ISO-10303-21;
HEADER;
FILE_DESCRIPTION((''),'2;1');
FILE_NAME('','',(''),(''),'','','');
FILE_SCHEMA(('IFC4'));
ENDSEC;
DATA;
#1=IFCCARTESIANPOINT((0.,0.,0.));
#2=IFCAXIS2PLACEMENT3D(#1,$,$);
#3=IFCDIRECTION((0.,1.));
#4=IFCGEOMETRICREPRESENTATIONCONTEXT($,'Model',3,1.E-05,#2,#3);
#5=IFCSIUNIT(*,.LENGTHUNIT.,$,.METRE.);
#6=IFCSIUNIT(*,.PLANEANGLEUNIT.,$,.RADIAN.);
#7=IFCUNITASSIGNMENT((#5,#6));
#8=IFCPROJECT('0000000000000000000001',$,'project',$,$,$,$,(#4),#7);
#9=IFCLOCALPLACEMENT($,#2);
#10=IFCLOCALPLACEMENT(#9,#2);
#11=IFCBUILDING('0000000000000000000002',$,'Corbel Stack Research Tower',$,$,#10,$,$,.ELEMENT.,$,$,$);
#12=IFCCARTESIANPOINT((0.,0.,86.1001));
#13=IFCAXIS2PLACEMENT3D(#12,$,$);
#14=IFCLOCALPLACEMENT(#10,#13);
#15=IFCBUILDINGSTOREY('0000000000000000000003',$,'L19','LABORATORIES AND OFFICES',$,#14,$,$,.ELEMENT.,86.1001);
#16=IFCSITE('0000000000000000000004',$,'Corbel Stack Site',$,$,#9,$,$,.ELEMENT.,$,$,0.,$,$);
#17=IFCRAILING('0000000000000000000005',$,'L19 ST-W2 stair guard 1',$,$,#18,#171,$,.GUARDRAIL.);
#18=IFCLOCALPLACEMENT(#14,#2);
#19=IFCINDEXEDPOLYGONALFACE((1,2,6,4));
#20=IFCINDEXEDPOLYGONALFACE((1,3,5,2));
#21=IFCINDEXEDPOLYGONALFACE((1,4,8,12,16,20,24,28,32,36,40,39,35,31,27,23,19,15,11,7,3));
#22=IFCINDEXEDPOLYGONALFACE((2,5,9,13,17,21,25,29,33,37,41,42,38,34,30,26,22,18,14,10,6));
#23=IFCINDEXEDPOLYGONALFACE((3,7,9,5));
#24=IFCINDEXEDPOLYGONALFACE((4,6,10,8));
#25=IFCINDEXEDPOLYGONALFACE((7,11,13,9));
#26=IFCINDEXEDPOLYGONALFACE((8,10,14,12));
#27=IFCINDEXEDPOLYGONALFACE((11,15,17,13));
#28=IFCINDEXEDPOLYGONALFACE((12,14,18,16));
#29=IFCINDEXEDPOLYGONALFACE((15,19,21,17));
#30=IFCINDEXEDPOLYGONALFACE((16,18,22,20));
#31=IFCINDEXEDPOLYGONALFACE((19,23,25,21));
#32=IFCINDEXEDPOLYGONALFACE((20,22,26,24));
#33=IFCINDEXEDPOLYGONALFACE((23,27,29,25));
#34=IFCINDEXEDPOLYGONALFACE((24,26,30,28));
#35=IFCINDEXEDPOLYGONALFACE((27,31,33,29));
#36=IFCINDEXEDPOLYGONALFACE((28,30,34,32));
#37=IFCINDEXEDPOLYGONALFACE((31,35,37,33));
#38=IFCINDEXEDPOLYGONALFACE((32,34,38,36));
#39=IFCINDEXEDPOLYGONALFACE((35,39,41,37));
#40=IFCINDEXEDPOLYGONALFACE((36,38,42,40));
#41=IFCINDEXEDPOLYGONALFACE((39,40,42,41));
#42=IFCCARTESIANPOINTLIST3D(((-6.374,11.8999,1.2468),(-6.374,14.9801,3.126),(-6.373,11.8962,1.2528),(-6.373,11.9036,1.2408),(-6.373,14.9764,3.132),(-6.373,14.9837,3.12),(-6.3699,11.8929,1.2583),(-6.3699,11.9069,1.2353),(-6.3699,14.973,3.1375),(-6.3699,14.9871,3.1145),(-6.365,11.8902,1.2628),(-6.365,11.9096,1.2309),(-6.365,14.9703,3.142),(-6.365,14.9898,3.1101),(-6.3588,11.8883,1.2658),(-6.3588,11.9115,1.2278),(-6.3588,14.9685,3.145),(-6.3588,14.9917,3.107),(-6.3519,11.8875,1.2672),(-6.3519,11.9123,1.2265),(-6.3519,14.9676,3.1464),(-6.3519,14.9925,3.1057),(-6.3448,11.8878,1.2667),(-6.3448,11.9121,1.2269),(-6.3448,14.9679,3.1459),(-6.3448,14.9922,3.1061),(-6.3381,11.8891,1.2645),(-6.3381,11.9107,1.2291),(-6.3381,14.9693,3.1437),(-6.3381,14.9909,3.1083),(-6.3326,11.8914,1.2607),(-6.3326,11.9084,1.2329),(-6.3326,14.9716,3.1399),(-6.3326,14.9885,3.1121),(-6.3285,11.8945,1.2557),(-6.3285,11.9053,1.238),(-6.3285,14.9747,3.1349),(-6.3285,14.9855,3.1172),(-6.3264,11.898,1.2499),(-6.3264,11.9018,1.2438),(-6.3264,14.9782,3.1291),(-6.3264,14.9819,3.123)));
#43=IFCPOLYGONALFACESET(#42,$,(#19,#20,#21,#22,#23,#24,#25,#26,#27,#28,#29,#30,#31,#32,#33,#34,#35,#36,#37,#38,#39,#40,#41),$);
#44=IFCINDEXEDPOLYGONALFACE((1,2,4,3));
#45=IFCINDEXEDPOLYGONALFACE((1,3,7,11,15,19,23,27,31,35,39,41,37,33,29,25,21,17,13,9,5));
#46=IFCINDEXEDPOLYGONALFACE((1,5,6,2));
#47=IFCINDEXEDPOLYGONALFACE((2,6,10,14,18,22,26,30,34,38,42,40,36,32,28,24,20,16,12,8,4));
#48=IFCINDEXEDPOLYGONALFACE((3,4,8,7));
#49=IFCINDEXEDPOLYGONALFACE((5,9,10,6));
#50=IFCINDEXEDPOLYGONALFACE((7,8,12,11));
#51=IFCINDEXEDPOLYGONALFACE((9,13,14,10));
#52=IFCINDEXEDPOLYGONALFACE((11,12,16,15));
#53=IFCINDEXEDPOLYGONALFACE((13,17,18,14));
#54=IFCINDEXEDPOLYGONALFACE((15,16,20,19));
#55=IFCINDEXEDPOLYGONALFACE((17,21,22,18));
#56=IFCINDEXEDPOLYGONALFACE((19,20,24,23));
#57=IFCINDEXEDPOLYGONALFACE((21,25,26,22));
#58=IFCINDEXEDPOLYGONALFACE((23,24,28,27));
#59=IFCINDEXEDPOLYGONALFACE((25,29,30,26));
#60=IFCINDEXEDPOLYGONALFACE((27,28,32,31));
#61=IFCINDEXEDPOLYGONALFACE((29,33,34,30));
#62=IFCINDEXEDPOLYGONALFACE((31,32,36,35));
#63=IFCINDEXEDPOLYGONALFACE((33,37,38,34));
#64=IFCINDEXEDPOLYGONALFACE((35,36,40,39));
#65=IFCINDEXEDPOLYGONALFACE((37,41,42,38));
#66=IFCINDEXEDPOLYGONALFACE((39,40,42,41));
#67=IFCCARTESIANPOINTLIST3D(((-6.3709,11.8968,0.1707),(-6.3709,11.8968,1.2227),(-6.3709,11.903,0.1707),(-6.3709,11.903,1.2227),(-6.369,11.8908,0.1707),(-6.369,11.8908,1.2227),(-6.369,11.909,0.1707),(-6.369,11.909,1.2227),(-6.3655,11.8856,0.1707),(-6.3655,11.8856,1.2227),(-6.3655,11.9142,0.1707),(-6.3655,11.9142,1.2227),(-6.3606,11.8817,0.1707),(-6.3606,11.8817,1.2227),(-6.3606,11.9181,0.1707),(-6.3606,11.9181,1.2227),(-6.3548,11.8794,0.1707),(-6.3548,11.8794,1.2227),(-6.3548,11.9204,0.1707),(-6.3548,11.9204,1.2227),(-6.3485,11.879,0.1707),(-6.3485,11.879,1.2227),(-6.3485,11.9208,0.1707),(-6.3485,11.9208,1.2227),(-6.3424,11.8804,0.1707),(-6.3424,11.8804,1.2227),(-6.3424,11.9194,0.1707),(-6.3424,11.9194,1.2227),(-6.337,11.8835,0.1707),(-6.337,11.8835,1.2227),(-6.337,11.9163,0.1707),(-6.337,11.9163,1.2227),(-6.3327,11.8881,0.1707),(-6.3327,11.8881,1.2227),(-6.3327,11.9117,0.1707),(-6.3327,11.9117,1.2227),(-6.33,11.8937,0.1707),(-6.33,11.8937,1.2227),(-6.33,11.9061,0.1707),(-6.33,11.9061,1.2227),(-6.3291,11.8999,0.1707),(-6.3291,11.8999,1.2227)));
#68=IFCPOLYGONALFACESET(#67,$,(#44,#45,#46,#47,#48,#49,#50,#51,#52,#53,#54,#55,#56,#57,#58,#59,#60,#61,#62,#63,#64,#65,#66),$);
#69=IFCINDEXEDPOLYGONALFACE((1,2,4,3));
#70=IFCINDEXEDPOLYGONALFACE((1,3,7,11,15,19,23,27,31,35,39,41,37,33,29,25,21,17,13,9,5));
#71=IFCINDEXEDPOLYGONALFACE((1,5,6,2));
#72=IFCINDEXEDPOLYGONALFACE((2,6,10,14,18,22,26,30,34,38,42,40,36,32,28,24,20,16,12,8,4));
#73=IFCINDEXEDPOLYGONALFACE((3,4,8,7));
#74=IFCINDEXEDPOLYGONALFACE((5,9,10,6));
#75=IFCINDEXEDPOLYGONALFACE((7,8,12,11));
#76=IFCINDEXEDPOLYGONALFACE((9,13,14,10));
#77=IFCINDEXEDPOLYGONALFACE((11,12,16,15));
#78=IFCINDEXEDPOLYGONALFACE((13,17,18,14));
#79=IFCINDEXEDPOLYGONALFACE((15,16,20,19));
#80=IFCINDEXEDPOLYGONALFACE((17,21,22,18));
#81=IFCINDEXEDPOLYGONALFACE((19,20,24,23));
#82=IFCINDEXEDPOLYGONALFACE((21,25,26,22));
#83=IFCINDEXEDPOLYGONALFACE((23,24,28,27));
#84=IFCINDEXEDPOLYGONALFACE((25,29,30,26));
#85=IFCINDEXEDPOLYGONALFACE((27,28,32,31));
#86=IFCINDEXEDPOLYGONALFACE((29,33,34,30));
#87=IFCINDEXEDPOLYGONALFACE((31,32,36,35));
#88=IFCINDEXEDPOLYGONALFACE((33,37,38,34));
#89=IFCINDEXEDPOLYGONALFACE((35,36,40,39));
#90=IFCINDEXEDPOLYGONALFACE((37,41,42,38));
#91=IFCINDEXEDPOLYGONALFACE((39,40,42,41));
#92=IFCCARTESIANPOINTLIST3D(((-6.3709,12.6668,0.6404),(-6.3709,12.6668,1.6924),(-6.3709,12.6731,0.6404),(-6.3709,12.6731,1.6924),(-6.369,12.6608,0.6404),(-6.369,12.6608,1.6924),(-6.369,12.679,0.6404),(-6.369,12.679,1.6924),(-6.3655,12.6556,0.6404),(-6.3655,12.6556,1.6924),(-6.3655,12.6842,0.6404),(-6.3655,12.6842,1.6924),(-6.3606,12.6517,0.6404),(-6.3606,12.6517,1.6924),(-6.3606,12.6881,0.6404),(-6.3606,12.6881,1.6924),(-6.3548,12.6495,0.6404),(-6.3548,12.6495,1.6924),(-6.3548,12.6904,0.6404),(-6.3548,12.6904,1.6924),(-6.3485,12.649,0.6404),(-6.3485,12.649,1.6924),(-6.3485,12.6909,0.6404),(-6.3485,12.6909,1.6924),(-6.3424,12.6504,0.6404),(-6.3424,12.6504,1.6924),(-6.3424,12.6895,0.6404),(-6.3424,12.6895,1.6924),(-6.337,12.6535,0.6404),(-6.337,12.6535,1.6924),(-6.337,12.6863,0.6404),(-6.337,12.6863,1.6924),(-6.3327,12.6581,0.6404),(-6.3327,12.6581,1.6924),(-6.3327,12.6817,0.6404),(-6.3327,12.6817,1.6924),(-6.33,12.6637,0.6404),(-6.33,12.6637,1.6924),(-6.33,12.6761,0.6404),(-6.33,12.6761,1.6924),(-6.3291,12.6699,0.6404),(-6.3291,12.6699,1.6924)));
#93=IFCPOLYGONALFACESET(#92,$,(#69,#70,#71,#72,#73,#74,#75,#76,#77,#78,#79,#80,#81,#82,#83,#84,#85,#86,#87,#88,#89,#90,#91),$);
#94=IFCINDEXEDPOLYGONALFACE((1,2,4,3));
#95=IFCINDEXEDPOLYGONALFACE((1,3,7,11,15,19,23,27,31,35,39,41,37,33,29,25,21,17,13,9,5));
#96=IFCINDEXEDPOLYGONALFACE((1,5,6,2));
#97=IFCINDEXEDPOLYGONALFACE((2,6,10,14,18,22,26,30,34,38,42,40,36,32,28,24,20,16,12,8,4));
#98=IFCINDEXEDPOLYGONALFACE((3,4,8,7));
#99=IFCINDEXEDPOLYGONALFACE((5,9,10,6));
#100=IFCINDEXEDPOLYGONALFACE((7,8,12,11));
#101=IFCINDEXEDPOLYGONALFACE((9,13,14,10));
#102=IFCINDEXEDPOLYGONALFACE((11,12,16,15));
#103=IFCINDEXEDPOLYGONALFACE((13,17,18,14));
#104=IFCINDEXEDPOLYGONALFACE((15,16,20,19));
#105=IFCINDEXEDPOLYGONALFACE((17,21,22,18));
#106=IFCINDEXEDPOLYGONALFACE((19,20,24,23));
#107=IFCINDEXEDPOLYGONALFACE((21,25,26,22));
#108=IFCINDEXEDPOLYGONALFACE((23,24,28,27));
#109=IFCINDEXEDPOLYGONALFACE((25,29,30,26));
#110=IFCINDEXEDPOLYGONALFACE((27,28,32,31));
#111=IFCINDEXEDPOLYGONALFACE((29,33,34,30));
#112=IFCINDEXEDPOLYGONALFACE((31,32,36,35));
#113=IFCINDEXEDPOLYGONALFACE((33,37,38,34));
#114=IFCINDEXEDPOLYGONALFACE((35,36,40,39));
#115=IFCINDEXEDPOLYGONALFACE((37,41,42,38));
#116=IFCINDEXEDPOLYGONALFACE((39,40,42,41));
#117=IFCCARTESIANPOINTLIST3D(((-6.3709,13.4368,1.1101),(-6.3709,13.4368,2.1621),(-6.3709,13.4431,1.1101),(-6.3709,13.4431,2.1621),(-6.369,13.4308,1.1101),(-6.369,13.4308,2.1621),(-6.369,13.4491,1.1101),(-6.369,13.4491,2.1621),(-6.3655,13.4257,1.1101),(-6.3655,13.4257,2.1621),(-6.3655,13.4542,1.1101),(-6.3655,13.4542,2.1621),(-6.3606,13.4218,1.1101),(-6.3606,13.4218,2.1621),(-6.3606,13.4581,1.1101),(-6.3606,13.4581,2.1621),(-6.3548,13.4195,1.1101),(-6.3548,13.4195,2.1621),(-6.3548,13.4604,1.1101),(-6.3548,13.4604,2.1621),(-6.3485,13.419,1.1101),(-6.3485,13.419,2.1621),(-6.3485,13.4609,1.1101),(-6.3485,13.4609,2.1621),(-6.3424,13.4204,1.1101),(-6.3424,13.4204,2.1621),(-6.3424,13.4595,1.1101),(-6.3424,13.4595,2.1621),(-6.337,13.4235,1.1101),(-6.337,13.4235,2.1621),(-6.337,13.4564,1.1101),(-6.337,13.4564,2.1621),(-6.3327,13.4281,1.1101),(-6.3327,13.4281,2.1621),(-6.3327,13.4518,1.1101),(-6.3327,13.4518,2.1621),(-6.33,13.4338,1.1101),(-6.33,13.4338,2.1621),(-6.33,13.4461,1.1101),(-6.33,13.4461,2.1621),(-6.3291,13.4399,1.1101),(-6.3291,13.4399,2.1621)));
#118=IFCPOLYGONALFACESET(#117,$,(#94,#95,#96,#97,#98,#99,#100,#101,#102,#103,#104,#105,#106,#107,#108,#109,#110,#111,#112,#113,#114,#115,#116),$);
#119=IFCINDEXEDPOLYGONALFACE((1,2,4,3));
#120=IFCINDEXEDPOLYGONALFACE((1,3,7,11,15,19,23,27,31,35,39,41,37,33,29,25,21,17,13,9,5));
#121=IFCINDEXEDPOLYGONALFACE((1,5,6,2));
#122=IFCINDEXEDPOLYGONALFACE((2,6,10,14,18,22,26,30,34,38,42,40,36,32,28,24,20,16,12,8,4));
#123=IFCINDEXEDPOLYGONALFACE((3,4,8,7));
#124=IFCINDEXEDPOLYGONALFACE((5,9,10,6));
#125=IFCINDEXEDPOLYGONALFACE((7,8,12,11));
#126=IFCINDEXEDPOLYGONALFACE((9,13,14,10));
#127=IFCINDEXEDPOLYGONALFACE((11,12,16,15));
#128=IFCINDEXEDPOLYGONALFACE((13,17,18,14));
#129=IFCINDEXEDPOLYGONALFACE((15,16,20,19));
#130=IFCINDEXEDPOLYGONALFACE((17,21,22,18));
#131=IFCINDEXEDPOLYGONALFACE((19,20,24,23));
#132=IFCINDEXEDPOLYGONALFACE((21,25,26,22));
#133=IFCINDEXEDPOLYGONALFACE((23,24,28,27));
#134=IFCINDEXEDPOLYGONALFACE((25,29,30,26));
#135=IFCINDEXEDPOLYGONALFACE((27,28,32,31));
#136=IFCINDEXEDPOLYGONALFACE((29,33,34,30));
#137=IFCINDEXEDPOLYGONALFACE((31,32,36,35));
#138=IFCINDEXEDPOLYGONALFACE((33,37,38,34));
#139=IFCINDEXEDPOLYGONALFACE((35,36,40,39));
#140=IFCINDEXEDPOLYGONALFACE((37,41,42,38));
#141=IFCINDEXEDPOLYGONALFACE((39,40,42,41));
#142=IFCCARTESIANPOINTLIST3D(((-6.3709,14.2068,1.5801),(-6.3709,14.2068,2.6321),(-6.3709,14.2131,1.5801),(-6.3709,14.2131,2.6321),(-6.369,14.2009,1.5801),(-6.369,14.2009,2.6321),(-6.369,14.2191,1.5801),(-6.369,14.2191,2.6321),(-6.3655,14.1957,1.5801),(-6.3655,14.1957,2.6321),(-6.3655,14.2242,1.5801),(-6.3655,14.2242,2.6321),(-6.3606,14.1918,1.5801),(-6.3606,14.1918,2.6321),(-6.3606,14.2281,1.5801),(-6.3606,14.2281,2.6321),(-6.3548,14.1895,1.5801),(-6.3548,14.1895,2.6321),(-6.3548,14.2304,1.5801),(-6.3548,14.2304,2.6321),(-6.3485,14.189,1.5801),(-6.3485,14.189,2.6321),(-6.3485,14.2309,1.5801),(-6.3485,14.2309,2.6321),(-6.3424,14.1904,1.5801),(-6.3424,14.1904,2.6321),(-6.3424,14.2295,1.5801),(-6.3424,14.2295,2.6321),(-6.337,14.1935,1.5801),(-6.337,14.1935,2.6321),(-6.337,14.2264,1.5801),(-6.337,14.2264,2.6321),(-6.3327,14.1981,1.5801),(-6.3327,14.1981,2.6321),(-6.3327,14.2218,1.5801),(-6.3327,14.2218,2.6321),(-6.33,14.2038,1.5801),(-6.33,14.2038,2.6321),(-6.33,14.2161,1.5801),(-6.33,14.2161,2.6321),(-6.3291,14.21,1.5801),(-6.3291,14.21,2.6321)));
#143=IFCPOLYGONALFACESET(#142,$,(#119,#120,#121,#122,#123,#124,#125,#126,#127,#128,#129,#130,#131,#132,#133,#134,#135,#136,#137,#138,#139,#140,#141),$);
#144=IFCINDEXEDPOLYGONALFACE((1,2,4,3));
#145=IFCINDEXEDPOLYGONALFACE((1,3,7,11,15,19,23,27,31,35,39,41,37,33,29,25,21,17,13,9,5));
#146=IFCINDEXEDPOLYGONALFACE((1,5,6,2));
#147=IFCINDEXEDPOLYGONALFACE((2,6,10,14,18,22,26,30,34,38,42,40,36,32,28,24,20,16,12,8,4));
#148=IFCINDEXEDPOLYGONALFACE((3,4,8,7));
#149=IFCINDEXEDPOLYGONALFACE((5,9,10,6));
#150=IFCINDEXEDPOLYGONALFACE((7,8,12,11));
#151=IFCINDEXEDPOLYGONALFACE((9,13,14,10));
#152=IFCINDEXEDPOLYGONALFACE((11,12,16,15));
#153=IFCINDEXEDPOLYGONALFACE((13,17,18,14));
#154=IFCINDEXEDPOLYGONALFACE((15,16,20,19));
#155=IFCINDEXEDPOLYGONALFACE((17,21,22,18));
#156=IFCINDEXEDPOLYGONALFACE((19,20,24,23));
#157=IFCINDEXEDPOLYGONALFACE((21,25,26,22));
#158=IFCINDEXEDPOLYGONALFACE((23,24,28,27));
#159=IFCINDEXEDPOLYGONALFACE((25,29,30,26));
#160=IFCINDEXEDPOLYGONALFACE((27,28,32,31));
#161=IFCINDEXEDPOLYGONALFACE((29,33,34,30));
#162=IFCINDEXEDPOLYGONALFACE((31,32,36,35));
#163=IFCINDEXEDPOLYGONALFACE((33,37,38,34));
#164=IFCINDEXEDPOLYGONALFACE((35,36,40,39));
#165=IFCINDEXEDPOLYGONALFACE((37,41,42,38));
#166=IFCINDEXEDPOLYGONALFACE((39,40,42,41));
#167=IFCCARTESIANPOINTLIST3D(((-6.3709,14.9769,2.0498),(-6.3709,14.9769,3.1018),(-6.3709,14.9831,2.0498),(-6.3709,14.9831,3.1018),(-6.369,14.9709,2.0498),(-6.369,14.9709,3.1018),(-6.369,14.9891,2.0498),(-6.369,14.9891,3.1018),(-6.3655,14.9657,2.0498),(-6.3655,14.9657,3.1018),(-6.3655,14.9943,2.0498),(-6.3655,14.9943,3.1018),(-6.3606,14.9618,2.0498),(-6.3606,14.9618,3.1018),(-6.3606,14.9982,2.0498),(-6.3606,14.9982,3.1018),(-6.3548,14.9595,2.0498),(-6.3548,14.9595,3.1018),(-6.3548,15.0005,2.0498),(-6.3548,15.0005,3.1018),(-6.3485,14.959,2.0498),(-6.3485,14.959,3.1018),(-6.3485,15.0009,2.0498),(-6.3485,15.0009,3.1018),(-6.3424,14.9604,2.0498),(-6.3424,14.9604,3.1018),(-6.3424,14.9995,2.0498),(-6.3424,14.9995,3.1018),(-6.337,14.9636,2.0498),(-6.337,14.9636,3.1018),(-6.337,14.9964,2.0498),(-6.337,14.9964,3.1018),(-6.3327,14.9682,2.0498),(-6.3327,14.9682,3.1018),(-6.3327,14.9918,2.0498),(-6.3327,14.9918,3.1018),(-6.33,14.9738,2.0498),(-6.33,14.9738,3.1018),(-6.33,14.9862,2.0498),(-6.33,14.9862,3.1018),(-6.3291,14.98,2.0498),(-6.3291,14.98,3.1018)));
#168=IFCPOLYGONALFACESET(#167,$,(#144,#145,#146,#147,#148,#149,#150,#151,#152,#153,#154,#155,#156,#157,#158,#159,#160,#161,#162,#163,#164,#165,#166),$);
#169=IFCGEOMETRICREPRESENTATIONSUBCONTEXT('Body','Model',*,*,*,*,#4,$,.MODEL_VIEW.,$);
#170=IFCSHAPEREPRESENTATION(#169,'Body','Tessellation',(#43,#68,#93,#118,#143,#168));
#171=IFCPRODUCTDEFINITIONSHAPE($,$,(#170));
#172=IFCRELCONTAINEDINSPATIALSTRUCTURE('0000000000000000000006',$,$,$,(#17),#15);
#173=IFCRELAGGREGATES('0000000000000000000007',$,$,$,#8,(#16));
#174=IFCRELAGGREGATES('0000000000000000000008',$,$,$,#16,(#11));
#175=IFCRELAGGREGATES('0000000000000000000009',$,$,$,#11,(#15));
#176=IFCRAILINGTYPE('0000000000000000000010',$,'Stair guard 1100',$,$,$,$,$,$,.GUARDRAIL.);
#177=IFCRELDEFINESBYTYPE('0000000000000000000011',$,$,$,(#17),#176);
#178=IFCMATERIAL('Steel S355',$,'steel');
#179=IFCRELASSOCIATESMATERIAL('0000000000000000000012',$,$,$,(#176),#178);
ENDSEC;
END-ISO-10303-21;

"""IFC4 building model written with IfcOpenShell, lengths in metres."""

from ifc_helpers import new_model, si_unit, direction, frame, origin, origin_2d, place, context, subcontext, project, spatial, circle, extrude, material, type_object, element, save


model = new_model("IFC4")

# Units and contexts
model_context = context("Model", 3, precision=1e-05, world=origin(), true_north=direction((0.0, 1.0)))
body_context = subcontext(model_context, "Body", "Model", "MODEL_VIEW")
ifc_project = project(units=[si_unit("LENGTHUNIT", "METRE"), si_unit("PLANEANGLEUNIT", "RADIAN")], contexts=[model_context])

# Site, building, storey
site_placement = place(None, origin())
site = spatial("IfcSite", under=ifc_project, at=site_placement, Name="Corbel Stack Site", CompositionType="ELEMENT", RefElevation=0.0)
building_placement = place(site_placement, origin())
building = spatial("IfcBuilding", under=site, at=building_placement, Name="Corbel Stack Research Tower", CompositionType="ELEMENT")
storey_placement = place(building_placement, frame((0.0, 0.0, 86.1001)))
storey = spatial("IfcBuildingStorey", under=building, at=storey_placement, Name="L19", Description="LABORATORIES AND OFFICES", CompositionType="ELEMENT", Elevation=86.1001)

# Railing
ifc_material_1 = material(Name="Steel S355", Category="steel")
railing_type_1 = type_object("IfcRailingType", Name="Stair guard 1100", PredefinedType="GUARDRAIL", material=ifc_material_1)
railing_1_placement = place(storey_placement, frame((-6.3501, 11.8999, 0.1707)))
element("IfcRailing", 1, at=railing_1_placement, inside=storey, type_object=railing_type_1, Name="L19 ST-W2 stair guard 1", PredefinedType="GUARDRAIL", context=body_context, shape_type="SweptSolid", body=[
    extrude(circle(Radius=0.0239, at=origin_2d()), frame((0.0, 0.0, 1.0762), z_axis=(0.0, 0.853666, 0.52082), x_axis=(-1.0, 0.0, 0.0)), (0.0, 0.0, 1.0), 3.6082),
    extrude(circle(Radius=0.021, at=origin_2d()), origin(), (0.0, 0.0, 1.0), 1.052),
    extrude(circle(Radius=0.021, at=origin_2d()), frame((0.0, 0.77, 0.4697)), (0.0, 0.0, 1.0), 1.052),
    extrude(circle(Radius=0.021, at=origin_2d()), frame((0.0, 1.54, 0.9395)), (0.0, 0.0, 1.0), 1.052),
    extrude(circle(Radius=0.021, at=origin_2d()), frame((0.0, 2.3101, 1.4094)), (0.0, 0.0, 1.0), 1.052),
    extrude(circle(Radius=0.021, at=origin_2d()), frame((0.0, 3.0801, 1.8792)), (0.0, 0.0, 1.0), 1.052),
])

save(model, "model.ifc")
